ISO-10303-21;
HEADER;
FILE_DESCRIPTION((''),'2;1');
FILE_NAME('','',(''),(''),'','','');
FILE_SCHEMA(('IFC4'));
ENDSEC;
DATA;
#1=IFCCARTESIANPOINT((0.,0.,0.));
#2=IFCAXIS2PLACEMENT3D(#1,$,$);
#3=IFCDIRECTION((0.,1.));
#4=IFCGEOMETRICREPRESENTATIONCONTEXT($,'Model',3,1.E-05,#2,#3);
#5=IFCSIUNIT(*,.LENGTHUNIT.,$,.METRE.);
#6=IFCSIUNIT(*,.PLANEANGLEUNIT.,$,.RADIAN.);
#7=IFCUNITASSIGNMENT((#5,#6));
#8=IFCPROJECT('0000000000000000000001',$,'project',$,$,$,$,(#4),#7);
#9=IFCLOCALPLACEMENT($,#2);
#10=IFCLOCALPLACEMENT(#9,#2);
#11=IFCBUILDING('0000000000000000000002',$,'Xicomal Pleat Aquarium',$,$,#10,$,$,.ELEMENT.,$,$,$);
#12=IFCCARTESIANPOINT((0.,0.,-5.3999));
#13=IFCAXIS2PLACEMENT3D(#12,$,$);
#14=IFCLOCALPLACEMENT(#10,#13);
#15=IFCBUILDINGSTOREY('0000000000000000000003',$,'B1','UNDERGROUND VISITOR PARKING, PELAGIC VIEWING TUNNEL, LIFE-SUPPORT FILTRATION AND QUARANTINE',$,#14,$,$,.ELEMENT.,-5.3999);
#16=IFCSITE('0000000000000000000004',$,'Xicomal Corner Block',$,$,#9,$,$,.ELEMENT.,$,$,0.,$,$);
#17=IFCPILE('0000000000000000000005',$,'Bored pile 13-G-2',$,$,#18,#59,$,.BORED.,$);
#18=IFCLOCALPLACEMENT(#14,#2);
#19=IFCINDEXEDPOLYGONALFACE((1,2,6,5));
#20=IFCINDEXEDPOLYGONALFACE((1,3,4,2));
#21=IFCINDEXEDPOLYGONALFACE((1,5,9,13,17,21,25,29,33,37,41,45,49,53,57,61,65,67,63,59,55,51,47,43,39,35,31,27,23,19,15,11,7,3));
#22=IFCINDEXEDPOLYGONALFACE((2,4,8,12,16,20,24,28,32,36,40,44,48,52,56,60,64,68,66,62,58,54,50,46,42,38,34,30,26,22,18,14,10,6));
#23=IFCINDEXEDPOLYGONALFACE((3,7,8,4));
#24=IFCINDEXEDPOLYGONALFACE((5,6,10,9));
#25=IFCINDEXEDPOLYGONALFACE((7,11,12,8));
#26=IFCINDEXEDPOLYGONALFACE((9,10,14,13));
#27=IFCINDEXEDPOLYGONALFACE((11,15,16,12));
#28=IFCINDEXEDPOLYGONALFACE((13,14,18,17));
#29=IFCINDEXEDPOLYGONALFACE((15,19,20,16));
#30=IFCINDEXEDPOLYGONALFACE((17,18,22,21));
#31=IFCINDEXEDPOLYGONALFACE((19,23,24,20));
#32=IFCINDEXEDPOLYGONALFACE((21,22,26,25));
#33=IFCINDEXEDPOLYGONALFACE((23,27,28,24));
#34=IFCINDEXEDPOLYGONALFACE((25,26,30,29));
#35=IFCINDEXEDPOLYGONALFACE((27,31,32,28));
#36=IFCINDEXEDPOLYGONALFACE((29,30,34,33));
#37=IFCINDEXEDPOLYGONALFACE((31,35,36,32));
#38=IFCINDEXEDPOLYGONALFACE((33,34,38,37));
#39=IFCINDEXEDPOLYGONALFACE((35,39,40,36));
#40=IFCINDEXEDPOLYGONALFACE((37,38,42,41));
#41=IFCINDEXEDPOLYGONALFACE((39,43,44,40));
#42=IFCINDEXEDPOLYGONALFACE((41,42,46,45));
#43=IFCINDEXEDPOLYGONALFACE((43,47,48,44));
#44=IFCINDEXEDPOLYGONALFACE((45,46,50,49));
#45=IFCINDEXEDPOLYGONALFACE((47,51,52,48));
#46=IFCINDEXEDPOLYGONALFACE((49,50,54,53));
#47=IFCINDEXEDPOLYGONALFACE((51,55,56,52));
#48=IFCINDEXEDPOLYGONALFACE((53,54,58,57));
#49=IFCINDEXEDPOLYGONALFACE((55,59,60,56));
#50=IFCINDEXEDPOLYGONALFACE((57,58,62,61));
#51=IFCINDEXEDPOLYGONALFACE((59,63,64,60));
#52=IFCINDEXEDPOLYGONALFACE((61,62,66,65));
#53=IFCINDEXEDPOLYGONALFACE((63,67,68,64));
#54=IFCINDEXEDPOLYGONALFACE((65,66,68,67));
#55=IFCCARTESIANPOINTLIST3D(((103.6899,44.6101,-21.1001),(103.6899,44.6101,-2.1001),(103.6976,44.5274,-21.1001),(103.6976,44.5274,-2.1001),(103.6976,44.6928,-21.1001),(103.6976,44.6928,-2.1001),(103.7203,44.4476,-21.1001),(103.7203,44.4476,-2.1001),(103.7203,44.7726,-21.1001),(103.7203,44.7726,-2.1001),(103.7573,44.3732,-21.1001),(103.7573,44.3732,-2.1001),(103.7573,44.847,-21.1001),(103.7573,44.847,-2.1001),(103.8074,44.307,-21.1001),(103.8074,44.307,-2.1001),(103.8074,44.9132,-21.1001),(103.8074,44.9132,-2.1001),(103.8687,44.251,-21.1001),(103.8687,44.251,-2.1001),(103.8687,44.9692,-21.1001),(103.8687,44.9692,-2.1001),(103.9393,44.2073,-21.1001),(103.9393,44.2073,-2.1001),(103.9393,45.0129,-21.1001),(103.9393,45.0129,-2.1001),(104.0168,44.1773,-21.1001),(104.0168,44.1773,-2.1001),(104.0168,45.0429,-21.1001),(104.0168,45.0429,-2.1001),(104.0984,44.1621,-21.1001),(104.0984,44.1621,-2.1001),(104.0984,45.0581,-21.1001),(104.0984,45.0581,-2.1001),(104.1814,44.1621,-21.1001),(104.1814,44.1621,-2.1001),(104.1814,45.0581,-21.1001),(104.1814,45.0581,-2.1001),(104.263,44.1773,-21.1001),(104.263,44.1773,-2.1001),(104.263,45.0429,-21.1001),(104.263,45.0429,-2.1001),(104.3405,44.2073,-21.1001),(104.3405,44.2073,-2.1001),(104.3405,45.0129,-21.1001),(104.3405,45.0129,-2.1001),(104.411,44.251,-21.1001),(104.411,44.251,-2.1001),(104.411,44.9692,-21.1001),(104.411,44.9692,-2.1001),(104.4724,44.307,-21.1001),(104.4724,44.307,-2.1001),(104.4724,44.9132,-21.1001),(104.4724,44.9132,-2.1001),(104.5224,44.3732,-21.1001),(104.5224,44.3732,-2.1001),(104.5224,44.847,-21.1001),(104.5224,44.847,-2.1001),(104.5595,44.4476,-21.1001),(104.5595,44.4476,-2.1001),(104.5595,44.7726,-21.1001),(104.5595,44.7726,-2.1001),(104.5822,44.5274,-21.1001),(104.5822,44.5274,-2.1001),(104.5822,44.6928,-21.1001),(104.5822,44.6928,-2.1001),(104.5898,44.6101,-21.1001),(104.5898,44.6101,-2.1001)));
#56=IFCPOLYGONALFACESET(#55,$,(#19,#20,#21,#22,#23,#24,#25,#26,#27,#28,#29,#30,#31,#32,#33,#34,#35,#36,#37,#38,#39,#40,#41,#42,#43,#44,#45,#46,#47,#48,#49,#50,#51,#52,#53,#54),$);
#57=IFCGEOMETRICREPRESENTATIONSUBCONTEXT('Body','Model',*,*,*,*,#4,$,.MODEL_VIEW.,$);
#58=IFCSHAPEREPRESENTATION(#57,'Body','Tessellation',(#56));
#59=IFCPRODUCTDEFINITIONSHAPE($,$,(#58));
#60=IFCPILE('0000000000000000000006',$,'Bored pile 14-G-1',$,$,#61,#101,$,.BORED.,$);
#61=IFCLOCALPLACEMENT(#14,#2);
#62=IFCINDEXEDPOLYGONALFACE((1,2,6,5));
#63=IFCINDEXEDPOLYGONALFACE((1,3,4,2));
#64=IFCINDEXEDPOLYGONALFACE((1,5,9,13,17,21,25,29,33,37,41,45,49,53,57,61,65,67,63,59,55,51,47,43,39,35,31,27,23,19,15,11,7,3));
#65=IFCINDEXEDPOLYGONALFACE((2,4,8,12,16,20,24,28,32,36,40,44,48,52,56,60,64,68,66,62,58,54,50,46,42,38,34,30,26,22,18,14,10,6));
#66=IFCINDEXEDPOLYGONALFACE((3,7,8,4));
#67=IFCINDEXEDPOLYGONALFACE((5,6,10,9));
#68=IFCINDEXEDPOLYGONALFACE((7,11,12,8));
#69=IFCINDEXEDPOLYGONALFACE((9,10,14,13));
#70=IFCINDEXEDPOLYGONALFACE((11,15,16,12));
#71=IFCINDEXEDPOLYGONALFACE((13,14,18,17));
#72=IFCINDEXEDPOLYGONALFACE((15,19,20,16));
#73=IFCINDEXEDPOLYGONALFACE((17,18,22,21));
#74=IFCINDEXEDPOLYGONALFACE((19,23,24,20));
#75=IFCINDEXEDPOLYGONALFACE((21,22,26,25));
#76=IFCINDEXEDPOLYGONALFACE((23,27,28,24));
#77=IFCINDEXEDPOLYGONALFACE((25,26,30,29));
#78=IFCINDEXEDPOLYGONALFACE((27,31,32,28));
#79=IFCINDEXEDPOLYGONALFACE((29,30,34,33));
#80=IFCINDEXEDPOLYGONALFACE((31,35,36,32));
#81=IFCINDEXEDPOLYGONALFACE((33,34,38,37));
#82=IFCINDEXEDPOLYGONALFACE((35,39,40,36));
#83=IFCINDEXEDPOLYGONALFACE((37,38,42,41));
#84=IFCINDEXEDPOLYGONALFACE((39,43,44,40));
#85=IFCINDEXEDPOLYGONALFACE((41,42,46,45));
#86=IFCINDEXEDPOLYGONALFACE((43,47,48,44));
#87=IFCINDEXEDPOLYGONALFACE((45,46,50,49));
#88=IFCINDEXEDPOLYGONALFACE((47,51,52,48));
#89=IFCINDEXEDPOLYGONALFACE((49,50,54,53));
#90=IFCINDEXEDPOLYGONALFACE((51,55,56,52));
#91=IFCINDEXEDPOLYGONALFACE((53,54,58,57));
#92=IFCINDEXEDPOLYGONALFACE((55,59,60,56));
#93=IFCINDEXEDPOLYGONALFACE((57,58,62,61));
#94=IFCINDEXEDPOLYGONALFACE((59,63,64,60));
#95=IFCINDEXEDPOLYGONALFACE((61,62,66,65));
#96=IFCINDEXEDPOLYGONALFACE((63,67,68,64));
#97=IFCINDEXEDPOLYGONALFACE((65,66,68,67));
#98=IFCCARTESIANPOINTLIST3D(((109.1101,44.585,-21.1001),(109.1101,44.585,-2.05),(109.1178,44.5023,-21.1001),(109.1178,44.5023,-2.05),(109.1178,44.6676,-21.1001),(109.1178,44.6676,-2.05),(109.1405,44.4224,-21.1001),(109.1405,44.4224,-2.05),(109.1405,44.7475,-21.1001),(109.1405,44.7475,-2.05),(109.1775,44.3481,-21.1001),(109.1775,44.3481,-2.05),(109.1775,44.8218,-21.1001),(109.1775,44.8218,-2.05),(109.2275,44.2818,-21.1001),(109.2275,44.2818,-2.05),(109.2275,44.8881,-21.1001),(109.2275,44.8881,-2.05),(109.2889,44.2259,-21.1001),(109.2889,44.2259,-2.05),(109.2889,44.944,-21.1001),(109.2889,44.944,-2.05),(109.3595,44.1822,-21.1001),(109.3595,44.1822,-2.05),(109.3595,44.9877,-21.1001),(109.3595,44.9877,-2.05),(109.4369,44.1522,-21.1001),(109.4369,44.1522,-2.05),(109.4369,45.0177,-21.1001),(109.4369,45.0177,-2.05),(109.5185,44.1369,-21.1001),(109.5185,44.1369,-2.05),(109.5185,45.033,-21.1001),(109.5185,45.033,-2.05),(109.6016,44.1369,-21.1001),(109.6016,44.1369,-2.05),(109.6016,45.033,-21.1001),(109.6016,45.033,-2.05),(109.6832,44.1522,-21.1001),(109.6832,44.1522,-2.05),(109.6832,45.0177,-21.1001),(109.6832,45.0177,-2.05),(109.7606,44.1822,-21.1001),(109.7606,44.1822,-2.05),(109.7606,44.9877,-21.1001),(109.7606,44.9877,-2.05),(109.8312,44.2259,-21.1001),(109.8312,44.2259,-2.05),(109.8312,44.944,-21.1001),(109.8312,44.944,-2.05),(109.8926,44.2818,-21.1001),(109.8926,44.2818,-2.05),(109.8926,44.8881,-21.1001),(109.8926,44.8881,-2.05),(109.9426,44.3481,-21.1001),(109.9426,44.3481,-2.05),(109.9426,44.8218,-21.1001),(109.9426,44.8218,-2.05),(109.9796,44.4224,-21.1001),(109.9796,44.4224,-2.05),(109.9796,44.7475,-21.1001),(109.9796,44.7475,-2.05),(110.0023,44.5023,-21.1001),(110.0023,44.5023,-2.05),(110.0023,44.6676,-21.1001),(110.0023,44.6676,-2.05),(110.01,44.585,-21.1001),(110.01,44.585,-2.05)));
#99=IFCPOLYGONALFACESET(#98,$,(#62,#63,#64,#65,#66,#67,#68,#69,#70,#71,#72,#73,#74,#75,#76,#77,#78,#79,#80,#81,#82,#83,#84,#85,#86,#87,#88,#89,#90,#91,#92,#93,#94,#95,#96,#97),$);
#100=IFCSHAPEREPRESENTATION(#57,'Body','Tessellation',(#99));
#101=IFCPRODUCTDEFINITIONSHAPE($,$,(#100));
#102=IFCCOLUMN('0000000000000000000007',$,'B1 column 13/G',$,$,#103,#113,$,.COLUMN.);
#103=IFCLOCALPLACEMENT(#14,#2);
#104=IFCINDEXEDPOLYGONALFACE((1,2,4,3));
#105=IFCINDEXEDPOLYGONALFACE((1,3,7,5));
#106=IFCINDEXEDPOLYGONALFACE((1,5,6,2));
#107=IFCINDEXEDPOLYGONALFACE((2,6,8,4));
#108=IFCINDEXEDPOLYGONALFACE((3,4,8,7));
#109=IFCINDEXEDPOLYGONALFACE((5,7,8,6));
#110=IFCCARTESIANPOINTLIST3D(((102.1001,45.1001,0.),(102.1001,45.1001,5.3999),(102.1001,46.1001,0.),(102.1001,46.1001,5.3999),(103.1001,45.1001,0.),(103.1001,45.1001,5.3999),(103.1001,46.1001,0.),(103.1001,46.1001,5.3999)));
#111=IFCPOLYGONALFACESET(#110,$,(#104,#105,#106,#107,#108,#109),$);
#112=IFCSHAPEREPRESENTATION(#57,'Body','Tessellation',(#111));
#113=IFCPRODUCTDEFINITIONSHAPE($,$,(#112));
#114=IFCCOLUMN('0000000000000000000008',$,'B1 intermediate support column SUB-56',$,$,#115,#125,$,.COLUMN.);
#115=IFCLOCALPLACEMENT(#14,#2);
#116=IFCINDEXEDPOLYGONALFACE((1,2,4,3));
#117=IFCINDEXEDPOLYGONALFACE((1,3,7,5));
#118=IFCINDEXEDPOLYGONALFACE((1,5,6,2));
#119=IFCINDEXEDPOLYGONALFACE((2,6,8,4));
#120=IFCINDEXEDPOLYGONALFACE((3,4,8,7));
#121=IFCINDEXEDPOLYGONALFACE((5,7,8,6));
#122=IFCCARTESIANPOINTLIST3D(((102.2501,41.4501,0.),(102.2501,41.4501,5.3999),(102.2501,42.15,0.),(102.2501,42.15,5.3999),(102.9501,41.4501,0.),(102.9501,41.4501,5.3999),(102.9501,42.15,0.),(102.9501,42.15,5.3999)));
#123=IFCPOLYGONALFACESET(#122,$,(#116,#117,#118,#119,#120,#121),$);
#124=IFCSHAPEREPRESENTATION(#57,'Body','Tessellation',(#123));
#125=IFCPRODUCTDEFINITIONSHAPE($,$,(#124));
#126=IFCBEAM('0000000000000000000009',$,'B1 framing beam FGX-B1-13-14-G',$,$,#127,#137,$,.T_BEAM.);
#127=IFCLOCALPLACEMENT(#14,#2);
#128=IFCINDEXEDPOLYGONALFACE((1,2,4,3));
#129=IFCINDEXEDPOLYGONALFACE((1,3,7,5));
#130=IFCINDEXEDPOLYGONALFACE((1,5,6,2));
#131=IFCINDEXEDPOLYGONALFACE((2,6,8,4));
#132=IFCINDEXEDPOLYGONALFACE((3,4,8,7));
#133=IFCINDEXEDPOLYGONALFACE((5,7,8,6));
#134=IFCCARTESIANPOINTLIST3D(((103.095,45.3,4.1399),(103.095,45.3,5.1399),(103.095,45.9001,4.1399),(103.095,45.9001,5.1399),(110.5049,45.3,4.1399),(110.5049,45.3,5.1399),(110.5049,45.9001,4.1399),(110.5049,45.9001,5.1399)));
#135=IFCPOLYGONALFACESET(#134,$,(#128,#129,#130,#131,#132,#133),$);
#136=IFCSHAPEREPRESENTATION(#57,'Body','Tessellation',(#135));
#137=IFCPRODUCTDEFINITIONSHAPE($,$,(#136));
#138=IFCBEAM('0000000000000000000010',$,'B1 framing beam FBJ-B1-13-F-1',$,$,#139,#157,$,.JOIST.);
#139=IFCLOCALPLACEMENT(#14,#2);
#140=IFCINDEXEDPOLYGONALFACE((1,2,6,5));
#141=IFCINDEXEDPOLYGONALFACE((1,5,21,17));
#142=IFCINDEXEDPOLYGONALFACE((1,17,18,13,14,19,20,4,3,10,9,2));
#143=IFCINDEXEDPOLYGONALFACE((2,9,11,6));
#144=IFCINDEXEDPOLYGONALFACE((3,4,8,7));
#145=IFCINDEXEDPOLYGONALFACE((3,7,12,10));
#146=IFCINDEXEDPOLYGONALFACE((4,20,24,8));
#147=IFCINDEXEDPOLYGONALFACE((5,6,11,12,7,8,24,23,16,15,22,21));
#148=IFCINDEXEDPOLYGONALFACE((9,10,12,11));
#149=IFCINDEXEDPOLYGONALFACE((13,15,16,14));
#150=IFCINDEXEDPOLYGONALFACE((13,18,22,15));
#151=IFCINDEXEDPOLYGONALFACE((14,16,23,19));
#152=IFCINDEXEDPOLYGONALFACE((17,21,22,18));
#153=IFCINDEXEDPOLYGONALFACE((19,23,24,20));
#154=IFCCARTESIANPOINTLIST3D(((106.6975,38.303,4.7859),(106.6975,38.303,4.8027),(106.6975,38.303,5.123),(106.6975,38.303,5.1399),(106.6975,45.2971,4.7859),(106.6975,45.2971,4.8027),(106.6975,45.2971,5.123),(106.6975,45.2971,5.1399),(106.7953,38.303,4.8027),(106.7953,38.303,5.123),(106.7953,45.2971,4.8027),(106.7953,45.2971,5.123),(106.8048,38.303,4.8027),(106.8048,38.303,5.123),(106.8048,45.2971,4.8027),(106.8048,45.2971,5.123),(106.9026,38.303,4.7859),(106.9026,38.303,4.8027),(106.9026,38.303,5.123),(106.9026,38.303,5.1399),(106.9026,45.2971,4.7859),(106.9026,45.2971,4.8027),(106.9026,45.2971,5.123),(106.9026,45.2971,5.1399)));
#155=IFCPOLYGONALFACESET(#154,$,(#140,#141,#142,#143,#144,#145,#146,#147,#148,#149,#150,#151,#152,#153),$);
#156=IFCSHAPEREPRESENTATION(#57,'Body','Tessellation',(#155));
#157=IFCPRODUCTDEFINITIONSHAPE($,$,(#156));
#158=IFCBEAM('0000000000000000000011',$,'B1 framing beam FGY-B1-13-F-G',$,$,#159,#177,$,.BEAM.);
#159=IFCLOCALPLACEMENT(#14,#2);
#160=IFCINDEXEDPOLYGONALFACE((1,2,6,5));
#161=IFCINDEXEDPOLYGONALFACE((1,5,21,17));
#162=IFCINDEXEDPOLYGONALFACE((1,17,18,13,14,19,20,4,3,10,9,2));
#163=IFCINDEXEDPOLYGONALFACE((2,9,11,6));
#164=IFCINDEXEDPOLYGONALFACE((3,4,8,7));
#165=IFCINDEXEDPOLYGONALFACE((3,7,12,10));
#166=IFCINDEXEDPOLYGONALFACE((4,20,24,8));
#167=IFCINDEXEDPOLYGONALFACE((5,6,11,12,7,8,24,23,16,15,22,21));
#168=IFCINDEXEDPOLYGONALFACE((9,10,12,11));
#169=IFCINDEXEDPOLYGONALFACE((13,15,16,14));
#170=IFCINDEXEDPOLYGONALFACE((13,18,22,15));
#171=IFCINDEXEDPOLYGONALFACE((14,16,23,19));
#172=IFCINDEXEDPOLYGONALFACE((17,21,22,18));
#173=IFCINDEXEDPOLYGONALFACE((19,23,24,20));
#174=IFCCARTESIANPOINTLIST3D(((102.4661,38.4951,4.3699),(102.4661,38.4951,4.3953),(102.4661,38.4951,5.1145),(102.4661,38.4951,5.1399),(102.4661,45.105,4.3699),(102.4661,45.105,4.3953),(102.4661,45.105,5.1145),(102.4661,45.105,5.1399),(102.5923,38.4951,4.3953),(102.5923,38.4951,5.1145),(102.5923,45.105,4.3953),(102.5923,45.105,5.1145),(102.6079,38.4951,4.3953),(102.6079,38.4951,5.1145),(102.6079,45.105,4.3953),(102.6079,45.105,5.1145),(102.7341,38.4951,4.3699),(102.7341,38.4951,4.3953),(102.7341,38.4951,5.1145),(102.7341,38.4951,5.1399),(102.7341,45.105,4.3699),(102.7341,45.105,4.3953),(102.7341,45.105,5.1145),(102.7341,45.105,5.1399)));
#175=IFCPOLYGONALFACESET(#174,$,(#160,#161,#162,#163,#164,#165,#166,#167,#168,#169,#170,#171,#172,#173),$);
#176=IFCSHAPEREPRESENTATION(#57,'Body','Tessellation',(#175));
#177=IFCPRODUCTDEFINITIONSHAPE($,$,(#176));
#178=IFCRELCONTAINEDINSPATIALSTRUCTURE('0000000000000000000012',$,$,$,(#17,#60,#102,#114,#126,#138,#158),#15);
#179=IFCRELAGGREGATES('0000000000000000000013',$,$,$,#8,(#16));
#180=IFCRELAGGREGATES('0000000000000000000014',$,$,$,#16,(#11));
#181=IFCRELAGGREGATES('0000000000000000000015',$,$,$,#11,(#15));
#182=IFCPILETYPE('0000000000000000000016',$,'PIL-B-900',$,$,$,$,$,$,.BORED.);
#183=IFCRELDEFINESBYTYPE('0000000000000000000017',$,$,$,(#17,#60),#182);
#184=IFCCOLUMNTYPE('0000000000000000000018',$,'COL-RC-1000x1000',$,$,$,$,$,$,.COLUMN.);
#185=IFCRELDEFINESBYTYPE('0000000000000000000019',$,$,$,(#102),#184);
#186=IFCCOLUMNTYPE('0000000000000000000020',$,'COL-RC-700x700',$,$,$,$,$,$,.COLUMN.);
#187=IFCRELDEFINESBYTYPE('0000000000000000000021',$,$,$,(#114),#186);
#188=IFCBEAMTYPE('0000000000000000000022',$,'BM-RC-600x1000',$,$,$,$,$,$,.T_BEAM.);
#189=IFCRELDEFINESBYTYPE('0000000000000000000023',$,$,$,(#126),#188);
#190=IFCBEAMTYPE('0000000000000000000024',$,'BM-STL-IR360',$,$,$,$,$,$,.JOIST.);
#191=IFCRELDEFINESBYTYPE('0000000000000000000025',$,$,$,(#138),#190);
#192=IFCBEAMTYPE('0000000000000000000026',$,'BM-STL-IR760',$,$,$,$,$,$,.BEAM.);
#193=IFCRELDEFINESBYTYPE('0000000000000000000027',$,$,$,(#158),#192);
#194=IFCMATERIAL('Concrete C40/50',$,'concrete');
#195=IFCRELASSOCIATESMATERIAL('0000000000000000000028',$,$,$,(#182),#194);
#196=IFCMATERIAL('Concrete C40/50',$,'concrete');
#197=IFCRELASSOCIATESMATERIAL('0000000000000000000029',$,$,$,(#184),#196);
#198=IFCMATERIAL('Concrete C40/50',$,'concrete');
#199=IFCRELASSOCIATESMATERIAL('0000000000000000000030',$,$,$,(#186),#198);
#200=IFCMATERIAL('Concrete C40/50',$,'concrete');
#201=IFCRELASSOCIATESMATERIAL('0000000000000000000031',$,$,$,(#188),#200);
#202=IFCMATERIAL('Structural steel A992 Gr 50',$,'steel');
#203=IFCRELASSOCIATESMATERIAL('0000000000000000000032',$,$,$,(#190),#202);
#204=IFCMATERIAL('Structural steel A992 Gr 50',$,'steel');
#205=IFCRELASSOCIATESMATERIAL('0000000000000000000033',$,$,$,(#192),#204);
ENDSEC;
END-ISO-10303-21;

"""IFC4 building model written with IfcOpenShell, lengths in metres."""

from ifc_helpers import new_model, si_unit, direction, frame, origin, origin_2d, place, context, subcontext, project, spatial, rectangle, circle, i_section, extrude, material, material_profile, profile_set, type_object, element, save


model = new_model("IFC4")

# Units and contexts
model_context = context("Model", 3, precision=1e-05, world=origin(), true_north=direction((0.0, 1.0)))
body_context = subcontext(model_context, "Body", "Model", "MODEL_VIEW")
ifc_project = project(units=[si_unit("LENGTHUNIT", "METRE"), si_unit("PLANEANGLEUNIT", "RADIAN")], contexts=[model_context])

# Site, building, storey
site_placement = place(None, origin())
site = spatial("IfcSite", under=ifc_project, at=site_placement, Name="Xicomal Corner Block", CompositionType="ELEMENT", RefElevation=0.0)
building_placement = place(site_placement, origin())
building = spatial("IfcBuilding", under=site, at=building_placement, Name="Xicomal Pleat Aquarium", CompositionType="ELEMENT")
storey_placement = place(building_placement, frame((0.0, 0.0, -5.3999)))
storey = spatial("IfcBuildingStorey", under=building, at=storey_placement, Name="B1", Description="UNDERGROUND VISITOR PARKING, PELAGIC VIEWING TUNNEL, LIFE-SUPPORT FILTRATION AND QUARANTINE", CompositionType="ELEMENT", Elevation=-5.3999)

# Piles
ifc_material_1 = material(Name="Concrete C40/50", Category="concrete")
ifc_material_profile_1 = material_profile(ifc_material_1, circle(Radius=0.45, at=origin_2d()), Name="BORED PILE D900")
ifc_profile_set_1 = profile_set([ifc_material_profile_1], Name="Concrete C40/50")
pile_type_1 = type_object("IfcPileType", Name="PIL-B-900", PredefinedType="BORED", material=ifc_profile_set_1)
for number, where, z_axis, x_axis, name in (
    (1, (104.1399, 44.6101, -2.1001), (0.0, 0.0, -1.0), (1.0, 0.0, 0.0), "Bored pile 13-G-2"),
):
    element("IfcPile", number, at=place(storey_placement, frame(where, z_axis=z_axis, x_axis=x_axis)), inside=storey, type_object=pile_type_1, Name=name, PredefinedType="BORED", context=body_context, shape_type="SweptSolid", body=[
        extrude(circle(Radius=0.45, at=origin_2d()), origin(), (0.0, 0.0, 1.0), 19.0),
    ])
pile_placement = place(storey_placement, frame((109.5601, 44.585, -2.05), z_axis=(0.0, 0.0, -1.0), x_axis=(1.0, 0.0, 0.0)))
element("IfcPile", 2, at=pile_placement, inside=storey, type_object=pile_type_1, Name="Bored pile 14-G-1", PredefinedType="BORED", context=body_context, shape_type="SweptSolid", body=[
    extrude(circle(Radius=0.45, at=origin_2d()), origin(), (0.0, 0.0, 1.0), 19.05),
])

# Columns
ifc_material_2 = material(Name="Concrete C40/50", Category="concrete")
ifc_material_profile_2 = material_profile(ifc_material_2, rectangle(XDim=1.0, YDim=1.0, at=origin_2d()), Name="RC 1000x1000")
ifc_profile_set_2 = profile_set([ifc_material_profile_2], Name="Concrete C40/50")
column_type_1 = type_object("IfcColumnType", Name="COL-RC-1000x1000", PredefinedType="COLUMN", material=ifc_profile_set_2)
column_1_placement = place(storey_placement, frame((102.6001, 45.6001, 0.0), z_axis=(0.0, 0.0, 1.0), x_axis=(1.0, 0.0, 0.0)))
element("IfcColumn", 3, at=column_1_placement, inside=storey, type_object=column_type_1, Name="B1 column 13/G", PredefinedType="COLUMN", context=body_context, shape_type="SweptSolid", body=[
    extrude(rectangle(XDim=1.0, YDim=1.0, at=origin_2d()), origin(), (0.0, 0.0, 1.0), 5.3999),
])
ifc_material_3 = material(Name="Concrete C40/50", Category="concrete")
ifc_material_profile_3 = material_profile(ifc_material_3, rectangle(XDim=0.7, YDim=0.7, at=origin_2d()), Name="RC 700x700")
ifc_profile_set_3 = profile_set([ifc_material_profile_3], Name="Concrete C40/50")
column_type_2 = type_object("IfcColumnType", Name="COL-RC-700x700", PredefinedType="COLUMN", material=ifc_profile_set_3)
column_2_placement = place(storey_placement, frame((102.6001, 41.8, 0.0), z_axis=(0.0, 0.0, 1.0), x_axis=(1.0, 0.0, 0.0)))
element("IfcColumn", 4, at=column_2_placement, inside=storey, type_object=column_type_2, Name="B1 intermediate support column SUB-56", PredefinedType="COLUMN", context=body_context, shape_type="SweptSolid", body=[
    extrude(rectangle(XDim=0.7, YDim=0.7, at=origin_2d()), origin(), (0.0, 0.0, 1.0), 5.3999),
])

# Beams
ifc_material_4 = material(Name="Concrete C40/50", Category="concrete")
ifc_material_profile_4 = material_profile(ifc_material_4, rectangle(XDim=0.6001, YDim=1.0, at=origin_2d()), Name="RC 600x1000")
ifc_profile_set_4 = profile_set([ifc_material_profile_4], Name="Concrete C40/50")
beam_type_1 = type_object("IfcBeamType", Name="BM-RC-600x1000", PredefinedType="T_BEAM", material=ifc_profile_set_4)
beam_1_placement = place(storey_placement, frame((103.095, 45.6001, 4.6399), z_axis=(1.0, 0.0, 0.0), x_axis=(0.0, 1.0, 0.0)))
element("IfcBeam", 5, at=beam_1_placement, inside=storey, type_object=beam_type_1, Name="B1 framing beam FGX-B1-13-14-G", PredefinedType="T_BEAM", context=body_context, shape_type="SweptSolid", body=[
    extrude(rectangle(XDim=0.6001, YDim=1.0, at=origin_2d()), origin(), (0.0, 0.0, 1.0), 7.4099),
])
ifc_material_5 = material(Name="Structural steel A992 Gr 50", Category="steel")
ifc_material_profile_5 = material_profile(ifc_material_5, i_section(OverallWidth=0.2051, OverallDepth=0.354, WebThickness=0.0095, FlangeThickness=0.0168, at=origin_2d()), Name="IR 360x79")
ifc_profile_set_5 = profile_set([ifc_material_profile_5], Name="Structural steel A992 Gr 50")
beam_type_2 = type_object("IfcBeamType", Name="BM-STL-IR360", PredefinedType="JOIST", material=ifc_profile_set_5)
beam_2_placement = place(storey_placement, frame((106.8, 38.303, 4.9629), z_axis=(0.0, 1.0, 0.0), x_axis=(-1.0, 0.0, 0.0)))
element("IfcBeam", 6, at=beam_2_placement, inside=storey, type_object=beam_type_2, Name="B1 framing beam FBJ-B1-13-F-1", PredefinedType="JOIST", context=body_context, shape_type="SweptSolid", body=[
    extrude(i_section(OverallWidth=0.2051, OverallDepth=0.354, WebThickness=0.0095, FlangeThickness=0.0168, at=origin_2d()), origin(), (0.0, 0.0, 1.0), 6.9941),
])
ifc_material_6 = material(Name="Structural steel A992 Gr 50", Category="steel")
ifc_material_profile_6 = material_profile(ifc_material_6, i_section(OverallWidth=0.2681, OverallDepth=0.77, WebThickness=0.0156, FlangeThickness=0.0254, at=origin_2d()), Name="IR 760x196")
ifc_profile_set_6 = profile_set([ifc_material_profile_6], Name="Structural steel A992 Gr 50")
beam_type_3 = type_object("IfcBeamType", Name="BM-STL-IR760", PredefinedType="BEAM", material=ifc_profile_set_6)
beam_3_placement = place(storey_placement, frame((102.6001, 38.4951, 4.7549), z_axis=(0.0, 1.0, 0.0), x_axis=(-1.0, 0.0, 0.0)))
element("IfcBeam", 7, at=beam_3_placement, inside=storey, type_object=beam_type_3, Name="B1 framing beam FGY-B1-13-F-G", PredefinedType="BEAM", context=body_context, shape_type="SweptSolid", body=[
    extrude(i_section(OverallWidth=0.2681, OverallDepth=0.77, WebThickness=0.0156, FlangeThickness=0.0254, at=origin_2d()), origin(), (0.0, 0.0, 1.0), 6.6099),
])

save(model, "model.ifc")
